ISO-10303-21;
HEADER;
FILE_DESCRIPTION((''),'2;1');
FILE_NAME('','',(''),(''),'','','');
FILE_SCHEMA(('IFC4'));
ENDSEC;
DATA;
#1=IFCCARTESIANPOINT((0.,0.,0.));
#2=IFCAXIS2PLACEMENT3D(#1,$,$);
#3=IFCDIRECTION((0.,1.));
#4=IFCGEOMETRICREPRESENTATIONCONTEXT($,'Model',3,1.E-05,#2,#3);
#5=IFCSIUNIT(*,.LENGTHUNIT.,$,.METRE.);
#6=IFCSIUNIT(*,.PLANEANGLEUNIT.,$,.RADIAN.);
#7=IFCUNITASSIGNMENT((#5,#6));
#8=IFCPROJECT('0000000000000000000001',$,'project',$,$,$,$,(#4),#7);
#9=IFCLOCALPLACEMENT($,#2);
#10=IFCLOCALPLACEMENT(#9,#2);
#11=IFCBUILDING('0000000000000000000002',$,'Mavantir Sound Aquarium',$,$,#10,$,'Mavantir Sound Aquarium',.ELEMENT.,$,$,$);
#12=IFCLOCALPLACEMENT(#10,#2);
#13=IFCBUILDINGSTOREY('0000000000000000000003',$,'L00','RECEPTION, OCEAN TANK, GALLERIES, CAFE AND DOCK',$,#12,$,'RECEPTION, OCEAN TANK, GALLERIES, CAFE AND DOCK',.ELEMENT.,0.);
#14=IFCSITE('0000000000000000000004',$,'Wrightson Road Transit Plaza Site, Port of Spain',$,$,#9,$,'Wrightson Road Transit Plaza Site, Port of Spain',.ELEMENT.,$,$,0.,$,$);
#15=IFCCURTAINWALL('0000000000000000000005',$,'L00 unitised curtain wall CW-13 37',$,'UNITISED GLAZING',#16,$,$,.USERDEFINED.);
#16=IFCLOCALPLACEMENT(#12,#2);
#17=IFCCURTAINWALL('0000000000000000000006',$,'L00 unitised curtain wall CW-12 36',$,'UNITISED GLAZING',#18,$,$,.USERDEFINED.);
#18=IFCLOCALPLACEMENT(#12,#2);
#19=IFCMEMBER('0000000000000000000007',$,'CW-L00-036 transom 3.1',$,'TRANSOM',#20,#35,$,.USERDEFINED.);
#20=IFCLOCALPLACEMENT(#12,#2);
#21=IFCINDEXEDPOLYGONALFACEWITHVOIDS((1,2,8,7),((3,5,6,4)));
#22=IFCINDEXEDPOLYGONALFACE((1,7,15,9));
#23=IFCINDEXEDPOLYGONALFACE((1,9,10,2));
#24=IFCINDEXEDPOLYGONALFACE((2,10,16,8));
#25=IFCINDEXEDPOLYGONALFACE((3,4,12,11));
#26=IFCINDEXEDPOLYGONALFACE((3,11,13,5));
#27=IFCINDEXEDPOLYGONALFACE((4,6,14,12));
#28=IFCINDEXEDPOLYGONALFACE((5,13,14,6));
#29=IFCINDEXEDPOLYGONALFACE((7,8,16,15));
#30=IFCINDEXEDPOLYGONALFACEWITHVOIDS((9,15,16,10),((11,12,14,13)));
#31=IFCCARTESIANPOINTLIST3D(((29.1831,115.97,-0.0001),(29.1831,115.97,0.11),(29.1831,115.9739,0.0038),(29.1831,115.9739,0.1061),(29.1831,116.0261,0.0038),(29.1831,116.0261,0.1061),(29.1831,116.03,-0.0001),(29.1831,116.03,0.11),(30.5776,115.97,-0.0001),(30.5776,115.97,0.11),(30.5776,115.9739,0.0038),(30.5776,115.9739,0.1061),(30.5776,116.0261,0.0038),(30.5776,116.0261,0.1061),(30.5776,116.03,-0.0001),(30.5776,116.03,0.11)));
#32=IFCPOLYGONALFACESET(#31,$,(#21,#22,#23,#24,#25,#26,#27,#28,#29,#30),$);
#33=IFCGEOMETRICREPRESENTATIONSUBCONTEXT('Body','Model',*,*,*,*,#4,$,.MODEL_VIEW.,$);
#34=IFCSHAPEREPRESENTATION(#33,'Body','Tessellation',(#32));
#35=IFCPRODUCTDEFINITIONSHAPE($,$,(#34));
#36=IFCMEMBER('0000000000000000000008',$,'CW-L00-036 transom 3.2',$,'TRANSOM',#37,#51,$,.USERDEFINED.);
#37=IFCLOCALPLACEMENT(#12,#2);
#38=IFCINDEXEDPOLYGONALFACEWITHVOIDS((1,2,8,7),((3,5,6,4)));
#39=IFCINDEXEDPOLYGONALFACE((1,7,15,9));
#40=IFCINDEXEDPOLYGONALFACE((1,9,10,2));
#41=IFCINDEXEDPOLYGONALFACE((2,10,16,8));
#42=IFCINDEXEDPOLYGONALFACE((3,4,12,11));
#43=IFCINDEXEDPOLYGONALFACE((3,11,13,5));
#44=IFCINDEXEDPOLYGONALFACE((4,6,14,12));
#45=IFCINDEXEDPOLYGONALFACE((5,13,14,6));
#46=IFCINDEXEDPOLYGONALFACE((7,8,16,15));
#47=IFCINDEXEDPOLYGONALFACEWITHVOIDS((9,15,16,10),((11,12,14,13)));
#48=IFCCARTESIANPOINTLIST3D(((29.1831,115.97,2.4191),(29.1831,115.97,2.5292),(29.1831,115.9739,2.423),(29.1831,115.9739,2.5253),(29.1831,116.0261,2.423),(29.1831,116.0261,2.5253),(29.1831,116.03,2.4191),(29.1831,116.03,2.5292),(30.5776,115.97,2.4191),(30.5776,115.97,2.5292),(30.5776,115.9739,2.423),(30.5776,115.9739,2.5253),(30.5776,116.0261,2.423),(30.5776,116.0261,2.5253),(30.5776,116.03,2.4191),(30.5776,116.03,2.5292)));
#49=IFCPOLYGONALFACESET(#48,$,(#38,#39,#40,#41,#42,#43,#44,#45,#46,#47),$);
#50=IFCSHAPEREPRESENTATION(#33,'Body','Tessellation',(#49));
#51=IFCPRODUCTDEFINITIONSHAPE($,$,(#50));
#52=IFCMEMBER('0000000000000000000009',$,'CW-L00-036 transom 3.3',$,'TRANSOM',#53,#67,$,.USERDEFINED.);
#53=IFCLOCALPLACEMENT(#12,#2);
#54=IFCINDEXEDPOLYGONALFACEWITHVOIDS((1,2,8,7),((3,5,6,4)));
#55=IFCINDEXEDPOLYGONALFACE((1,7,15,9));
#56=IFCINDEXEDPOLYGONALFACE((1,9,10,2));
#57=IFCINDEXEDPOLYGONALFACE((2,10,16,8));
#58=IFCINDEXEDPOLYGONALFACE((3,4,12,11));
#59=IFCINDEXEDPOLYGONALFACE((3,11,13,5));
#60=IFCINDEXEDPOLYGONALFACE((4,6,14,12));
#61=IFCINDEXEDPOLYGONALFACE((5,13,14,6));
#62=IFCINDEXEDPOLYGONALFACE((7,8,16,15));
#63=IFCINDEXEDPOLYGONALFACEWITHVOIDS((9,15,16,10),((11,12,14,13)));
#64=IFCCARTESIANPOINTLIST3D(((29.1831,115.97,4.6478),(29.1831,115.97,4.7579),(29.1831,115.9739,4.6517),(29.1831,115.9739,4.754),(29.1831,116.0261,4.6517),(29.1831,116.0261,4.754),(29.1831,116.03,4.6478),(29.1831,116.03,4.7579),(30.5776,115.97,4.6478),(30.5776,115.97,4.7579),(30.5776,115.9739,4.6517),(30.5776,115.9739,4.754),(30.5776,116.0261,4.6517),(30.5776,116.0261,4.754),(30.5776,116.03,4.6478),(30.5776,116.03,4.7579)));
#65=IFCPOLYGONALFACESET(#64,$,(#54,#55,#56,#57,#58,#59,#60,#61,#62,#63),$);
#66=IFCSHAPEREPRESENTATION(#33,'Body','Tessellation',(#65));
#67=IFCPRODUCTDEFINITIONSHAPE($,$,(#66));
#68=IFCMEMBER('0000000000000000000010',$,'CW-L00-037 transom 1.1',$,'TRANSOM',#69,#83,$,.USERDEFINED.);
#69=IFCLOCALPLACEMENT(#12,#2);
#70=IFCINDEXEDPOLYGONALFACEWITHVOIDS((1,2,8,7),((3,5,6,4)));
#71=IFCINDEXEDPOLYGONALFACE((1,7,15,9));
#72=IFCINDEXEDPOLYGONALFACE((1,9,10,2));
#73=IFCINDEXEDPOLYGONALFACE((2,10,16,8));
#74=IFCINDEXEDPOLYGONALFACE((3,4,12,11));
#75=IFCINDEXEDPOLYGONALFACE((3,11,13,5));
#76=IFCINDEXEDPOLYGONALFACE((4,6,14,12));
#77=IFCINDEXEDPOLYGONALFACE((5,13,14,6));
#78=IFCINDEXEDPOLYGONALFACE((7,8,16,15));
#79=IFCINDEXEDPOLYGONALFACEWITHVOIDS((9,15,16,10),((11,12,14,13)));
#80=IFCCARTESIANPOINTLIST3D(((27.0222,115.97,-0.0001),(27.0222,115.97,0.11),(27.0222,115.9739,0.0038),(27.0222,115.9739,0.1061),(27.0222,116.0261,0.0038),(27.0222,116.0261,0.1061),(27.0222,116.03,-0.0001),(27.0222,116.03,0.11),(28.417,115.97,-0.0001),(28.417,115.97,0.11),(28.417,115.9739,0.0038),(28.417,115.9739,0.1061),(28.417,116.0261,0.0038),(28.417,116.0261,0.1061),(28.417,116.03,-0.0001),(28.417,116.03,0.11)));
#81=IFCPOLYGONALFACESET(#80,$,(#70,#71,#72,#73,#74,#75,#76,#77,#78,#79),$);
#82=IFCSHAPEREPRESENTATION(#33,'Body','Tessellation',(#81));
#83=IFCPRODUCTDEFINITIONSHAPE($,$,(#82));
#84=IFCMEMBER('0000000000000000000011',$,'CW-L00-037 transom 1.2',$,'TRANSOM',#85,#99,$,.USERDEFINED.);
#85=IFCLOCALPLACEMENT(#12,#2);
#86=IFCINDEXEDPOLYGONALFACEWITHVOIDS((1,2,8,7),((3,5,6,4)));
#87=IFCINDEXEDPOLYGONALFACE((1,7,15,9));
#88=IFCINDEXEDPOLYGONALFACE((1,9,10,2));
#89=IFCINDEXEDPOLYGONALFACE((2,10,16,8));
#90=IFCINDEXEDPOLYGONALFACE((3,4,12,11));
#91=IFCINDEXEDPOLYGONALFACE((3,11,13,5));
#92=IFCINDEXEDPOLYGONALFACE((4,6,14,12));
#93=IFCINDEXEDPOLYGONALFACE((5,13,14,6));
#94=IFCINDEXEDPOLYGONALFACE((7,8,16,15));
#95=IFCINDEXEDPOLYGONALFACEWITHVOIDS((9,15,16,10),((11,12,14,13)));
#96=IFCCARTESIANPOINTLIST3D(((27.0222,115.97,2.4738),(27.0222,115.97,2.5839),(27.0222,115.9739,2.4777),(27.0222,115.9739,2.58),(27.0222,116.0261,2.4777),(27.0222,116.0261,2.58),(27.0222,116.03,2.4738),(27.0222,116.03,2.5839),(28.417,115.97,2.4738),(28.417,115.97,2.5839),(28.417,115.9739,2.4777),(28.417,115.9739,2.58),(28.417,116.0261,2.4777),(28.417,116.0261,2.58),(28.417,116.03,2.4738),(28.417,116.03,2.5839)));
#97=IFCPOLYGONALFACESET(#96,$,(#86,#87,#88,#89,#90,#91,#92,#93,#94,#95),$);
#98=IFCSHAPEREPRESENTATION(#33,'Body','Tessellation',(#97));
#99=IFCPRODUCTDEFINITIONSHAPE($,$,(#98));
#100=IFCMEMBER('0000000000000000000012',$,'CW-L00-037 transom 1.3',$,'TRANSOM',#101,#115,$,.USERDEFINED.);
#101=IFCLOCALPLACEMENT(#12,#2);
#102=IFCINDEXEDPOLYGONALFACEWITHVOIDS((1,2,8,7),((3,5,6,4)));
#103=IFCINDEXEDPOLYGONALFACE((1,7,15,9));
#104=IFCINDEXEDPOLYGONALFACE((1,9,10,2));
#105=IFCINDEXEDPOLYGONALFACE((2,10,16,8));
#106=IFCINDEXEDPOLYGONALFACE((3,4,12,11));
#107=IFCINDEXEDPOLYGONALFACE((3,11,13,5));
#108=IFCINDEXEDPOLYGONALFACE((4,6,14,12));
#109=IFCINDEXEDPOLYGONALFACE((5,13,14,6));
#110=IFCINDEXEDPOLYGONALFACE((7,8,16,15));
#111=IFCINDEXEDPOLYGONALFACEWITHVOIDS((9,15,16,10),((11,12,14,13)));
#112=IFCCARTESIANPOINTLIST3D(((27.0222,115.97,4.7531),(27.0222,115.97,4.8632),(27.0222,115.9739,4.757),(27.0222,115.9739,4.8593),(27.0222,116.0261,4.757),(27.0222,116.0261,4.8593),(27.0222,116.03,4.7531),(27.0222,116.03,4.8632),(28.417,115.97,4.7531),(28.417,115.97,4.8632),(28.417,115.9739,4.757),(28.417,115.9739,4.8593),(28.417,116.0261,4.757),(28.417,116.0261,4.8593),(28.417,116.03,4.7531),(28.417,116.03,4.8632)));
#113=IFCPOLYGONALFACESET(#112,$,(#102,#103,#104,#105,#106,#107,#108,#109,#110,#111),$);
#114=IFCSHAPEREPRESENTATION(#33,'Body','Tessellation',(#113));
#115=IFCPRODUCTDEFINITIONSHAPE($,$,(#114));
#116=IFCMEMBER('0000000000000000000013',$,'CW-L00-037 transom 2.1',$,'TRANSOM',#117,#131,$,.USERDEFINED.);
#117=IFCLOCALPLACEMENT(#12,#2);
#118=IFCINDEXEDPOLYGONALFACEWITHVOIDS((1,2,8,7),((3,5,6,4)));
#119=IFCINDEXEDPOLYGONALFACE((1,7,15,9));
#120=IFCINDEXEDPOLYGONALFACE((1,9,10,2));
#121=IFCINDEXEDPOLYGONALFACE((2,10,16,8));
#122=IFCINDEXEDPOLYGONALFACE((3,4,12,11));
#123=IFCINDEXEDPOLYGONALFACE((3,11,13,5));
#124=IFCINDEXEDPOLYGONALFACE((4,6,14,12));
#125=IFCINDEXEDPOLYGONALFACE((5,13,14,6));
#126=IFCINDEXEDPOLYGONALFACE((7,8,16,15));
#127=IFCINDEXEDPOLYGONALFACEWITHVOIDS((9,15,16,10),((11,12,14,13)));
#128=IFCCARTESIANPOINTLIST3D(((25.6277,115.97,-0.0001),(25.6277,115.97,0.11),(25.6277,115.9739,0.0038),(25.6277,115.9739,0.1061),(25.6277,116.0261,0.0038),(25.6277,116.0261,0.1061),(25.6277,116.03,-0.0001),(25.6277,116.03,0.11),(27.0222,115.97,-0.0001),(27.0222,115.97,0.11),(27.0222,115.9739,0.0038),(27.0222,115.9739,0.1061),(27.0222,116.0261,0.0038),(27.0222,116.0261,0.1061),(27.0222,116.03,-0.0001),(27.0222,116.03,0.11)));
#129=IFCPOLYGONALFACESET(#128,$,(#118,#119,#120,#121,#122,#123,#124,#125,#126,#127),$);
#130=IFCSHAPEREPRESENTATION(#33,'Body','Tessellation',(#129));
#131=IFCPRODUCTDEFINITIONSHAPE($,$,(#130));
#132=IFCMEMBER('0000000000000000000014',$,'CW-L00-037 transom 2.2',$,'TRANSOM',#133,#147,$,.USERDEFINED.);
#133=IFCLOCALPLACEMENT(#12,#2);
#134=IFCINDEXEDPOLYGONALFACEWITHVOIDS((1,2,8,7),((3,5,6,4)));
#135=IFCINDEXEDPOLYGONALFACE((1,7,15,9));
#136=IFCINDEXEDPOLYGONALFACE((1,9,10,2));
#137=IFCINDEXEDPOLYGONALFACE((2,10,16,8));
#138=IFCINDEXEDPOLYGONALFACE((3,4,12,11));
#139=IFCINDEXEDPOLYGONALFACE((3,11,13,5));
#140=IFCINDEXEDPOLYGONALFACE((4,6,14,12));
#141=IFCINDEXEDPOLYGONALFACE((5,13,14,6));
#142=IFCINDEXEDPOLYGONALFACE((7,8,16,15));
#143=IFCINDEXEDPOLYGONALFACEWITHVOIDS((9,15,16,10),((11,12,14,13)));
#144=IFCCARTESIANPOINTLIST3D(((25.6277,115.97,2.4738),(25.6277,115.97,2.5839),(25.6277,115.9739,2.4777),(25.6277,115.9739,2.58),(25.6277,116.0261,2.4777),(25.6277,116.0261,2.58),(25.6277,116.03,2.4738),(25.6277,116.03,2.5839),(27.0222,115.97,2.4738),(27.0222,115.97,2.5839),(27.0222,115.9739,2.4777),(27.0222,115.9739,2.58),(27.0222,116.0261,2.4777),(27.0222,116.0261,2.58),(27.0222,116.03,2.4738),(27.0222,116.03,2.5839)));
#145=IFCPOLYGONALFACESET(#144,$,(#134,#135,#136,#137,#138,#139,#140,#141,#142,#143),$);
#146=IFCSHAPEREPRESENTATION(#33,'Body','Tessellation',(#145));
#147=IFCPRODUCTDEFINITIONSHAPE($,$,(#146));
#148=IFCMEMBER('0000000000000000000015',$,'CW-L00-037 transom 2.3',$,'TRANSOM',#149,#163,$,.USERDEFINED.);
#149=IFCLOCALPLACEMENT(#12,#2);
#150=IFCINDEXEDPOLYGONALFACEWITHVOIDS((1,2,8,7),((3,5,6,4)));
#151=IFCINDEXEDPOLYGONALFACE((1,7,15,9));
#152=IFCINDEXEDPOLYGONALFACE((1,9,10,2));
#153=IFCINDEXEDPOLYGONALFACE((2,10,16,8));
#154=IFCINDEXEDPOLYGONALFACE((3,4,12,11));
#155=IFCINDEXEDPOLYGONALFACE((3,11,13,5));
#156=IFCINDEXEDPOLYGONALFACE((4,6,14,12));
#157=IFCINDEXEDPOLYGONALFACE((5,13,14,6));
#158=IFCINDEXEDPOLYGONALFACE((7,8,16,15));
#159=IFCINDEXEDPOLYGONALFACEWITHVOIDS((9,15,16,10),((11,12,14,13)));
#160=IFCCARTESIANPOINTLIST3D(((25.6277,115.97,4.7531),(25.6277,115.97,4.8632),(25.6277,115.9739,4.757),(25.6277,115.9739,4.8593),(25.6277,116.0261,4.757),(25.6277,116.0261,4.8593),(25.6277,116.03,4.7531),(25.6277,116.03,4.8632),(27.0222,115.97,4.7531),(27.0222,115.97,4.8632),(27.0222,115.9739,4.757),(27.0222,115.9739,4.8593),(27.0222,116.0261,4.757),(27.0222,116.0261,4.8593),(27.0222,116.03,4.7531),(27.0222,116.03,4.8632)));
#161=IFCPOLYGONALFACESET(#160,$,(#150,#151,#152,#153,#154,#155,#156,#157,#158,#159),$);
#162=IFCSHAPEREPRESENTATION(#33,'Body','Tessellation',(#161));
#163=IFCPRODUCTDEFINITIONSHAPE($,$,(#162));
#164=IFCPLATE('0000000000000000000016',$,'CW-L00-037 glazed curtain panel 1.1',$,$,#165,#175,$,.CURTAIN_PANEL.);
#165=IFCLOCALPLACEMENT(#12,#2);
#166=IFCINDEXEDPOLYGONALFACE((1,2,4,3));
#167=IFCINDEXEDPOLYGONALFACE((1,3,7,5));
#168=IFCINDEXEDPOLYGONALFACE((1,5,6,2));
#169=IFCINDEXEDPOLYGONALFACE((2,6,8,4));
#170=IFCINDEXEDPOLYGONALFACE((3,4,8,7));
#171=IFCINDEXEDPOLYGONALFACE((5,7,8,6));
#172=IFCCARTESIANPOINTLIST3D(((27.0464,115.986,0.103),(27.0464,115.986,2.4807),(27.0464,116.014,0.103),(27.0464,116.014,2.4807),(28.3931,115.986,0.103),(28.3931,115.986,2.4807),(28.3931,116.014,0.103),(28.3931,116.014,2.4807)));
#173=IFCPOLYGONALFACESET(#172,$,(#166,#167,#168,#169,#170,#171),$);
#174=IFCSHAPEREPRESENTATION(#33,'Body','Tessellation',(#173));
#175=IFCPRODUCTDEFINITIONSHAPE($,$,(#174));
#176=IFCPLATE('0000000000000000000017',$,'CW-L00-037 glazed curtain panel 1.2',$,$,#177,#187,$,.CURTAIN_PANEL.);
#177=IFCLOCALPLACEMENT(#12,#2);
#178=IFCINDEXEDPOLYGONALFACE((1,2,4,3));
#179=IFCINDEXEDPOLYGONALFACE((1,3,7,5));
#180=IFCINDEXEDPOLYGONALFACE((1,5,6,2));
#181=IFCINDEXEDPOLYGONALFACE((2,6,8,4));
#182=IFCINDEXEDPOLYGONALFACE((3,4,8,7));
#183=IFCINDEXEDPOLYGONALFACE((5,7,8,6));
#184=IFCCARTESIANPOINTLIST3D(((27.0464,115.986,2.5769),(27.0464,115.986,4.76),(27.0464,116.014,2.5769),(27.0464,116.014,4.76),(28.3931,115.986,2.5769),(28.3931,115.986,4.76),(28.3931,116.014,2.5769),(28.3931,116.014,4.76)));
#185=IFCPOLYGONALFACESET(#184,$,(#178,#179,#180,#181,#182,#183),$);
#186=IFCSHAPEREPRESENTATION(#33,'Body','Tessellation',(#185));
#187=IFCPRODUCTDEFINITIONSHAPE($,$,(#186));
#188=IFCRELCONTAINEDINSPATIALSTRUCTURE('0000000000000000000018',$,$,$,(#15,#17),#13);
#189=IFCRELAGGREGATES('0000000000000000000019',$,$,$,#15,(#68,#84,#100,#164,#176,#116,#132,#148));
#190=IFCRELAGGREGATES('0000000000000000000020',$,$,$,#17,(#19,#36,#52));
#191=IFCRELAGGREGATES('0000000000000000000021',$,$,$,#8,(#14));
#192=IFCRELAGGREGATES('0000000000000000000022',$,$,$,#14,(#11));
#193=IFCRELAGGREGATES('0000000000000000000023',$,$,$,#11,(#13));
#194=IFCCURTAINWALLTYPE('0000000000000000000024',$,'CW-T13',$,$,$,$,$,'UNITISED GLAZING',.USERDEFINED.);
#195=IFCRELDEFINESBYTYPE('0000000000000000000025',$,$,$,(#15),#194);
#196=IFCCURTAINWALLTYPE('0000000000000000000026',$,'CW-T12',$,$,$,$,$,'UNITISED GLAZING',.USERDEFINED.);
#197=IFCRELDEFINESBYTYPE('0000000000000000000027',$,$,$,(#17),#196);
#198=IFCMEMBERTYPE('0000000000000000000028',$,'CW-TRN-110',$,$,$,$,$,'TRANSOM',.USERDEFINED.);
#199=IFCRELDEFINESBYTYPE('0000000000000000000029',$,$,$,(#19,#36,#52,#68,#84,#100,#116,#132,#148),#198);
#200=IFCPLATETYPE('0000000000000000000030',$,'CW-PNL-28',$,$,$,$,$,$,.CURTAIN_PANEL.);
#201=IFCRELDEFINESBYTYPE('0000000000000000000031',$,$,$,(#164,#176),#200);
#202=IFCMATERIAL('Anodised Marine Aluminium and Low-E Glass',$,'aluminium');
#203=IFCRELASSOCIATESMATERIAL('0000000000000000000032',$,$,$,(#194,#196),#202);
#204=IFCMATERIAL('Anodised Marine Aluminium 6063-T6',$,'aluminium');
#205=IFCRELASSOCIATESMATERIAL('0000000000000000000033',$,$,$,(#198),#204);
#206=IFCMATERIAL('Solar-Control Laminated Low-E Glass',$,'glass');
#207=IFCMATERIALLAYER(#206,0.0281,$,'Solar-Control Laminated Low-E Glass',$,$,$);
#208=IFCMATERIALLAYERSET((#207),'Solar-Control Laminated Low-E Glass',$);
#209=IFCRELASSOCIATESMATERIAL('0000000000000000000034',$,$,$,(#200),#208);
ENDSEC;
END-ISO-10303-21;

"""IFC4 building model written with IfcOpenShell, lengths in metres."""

from ifc_helpers import new_model, si_unit, direction, frame, origin, origin_2d, place, context, subcontext, project, spatial, rectangle, hollow_rectangle, extrude, material, layer, layer_set, material_profile, profile_set, type_object, element, aggregate, save


model = new_model("IFC4")

# Units and contexts
model_context = context("Model", 3, precision=1e-05, world=origin(), true_north=direction((0.0, 1.0)))
body_context = subcontext(model_context, "Body", "Model", "MODEL_VIEW")
ifc_project = project(units=[si_unit("LENGTHUNIT", "METRE"), si_unit("PLANEANGLEUNIT", "RADIAN")], contexts=[model_context])

# Site, building, storey
site_placement = place(None, origin())
site = spatial("IfcSite", under=ifc_project, at=site_placement, Name="Wrightson Road Transit Plaza Site, Port of Spain", LongName="Wrightson Road Transit Plaza Site, Port of Spain", CompositionType="ELEMENT", RefElevation=0.0)
building_placement = place(site_placement, origin())
building = spatial("IfcBuilding", under=site, at=building_placement, Name="Mavantir Sound Aquarium", LongName="Mavantir Sound Aquarium", CompositionType="ELEMENT")
storey_placement = place(building_placement, origin())
storey = spatial("IfcBuildingStorey", under=building, at=storey_placement, Name="L00", Description="RECEPTION, OCEAN TANK, GALLERIES, CAFE AND DOCK", LongName="RECEPTION, OCEAN TANK, GALLERIES, CAFE AND DOCK", CompositionType="ELEMENT", Elevation=0.0)

# Curtain wall
ifc_material_1 = material(Name="Anodised Marine Aluminium and Low-E Glass", Category="aluminium")
curtain_wall_type_1 = type_object("IfcCurtainWallType", Name="CW-T13", ElementType="UNITISED GLAZING", PredefinedType="USERDEFINED", material=ifc_material_1)
curtain_wall_1_placement = place(storey_placement, origin())
curtain_wall_1 = element("IfcCurtainWall", 1, at=curtain_wall_1_placement, inside=storey, type_object=curtain_wall_type_1, Name="L00 unitised curtain wall CW-13 37", ObjectType="UNITISED GLAZING", PredefinedType="USERDEFINED")
ifc_material_2 = material(Name="Anodised Marine Aluminium 6063-T6", Category="aluminium")

# Curtain wall, members
curtain_wall_type_2 = type_object("IfcCurtainWallType", Name="CW-T12", ElementType="UNITISED GLAZING", PredefinedType="USERDEFINED", material=ifc_material_1)
curtain_wall_2_placement = place(storey_placement, origin())
curtain_wall_2 = element("IfcCurtainWall", 2, at=curtain_wall_2_placement, inside=storey, type_object=curtain_wall_type_2, Name="L00 unitised curtain wall CW-12 36", ObjectType="UNITISED GLAZING", PredefinedType="USERDEFINED")
ifc_material_profile_1 = material_profile(ifc_material_2, hollow_rectangle(XDim=0.0601, YDim=0.1101, WallThickness=0.0039, at=origin_2d()), Name="ALU-TRANSOM-110X60")
ifc_profile_set_1 = profile_set([ifc_material_profile_1], Name="Anodised Marine Aluminium 6063-T6")
member_type_1 = type_object("IfcMemberType", Name="CW-TRN-110", ElementType="TRANSOM", PredefinedType="USERDEFINED", material=ifc_profile_set_1)
member_1_placement = place(storey_placement, frame((30.5776, 116.0, 0.0549), z_axis=(-1.0, 0.0, 0.0), x_axis=(0.0, -1.0, 0.0)))
member_1 = element("IfcMember", 3, at=member_1_placement, type_object=member_type_1, Name="CW-L00-036 transom 3.1", ObjectType="TRANSOM", PredefinedType="USERDEFINED", context=body_context, shape_type="SweptSolid", body=[
    extrude(hollow_rectangle(XDim=0.0601, YDim=0.1101, WallThickness=0.0039, at=origin_2d()), origin(), (0.0, 0.0, 1.0), 1.3945),
])
member_2_placement = place(storey_placement, frame((30.5776, 116.0, 2.4741), z_axis=(-1.0, 0.0, 0.0), x_axis=(0.0, -1.0, 0.0)))
member_2 = element("IfcMember", 4, at=member_2_placement, type_object=member_type_1, Name="CW-L00-036 transom 3.2", ObjectType="TRANSOM", PredefinedType="USERDEFINED", context=body_context, shape_type="SweptSolid", body=[
    extrude(hollow_rectangle(XDim=0.0601, YDim=0.1101, WallThickness=0.0039, at=origin_2d()), origin(), (0.0, 0.0, 1.0), 1.3945),
])
member_3_placement = place(storey_placement, frame((30.5776, 116.0, 4.7029), z_axis=(-1.0, 0.0, 0.0), x_axis=(0.0, -1.0, 0.0)))
member_3 = element("IfcMember", 5, at=member_3_placement, type_object=member_type_1, Name="CW-L00-036 transom 3.3", ObjectType="TRANSOM", PredefinedType="USERDEFINED", context=body_context, shape_type="SweptSolid", body=[
    extrude(hollow_rectangle(XDim=0.0601, YDim=0.1101, WallThickness=0.0039, at=origin_2d()), origin(), (0.0, 0.0, 1.0), 1.3945),
])

# Members
member_4_placement = place(storey_placement, frame((28.417, 116.0, 0.0549), z_axis=(-1.0, 0.0, 0.0), x_axis=(0.0, -1.0, 0.0)))
member_4 = element("IfcMember", 6, at=member_4_placement, type_object=member_type_1, Name="CW-L00-037 transom 1.1", ObjectType="TRANSOM", PredefinedType="USERDEFINED", context=body_context, shape_type="SweptSolid", body=[
    extrude(hollow_rectangle(XDim=0.0601, YDim=0.1101, WallThickness=0.0039, at=origin_2d()), origin(), (0.0, 0.0, 1.0), 1.3948),
])
member_5_placement = place(storey_placement, frame((28.417, 116.0, 2.5288), z_axis=(-1.0, 0.0, 0.0), x_axis=(0.0, -1.0, 0.0)))
member_5 = element("IfcMember", 7, at=member_5_placement, type_object=member_type_1, Name="CW-L00-037 transom 1.2", ObjectType="TRANSOM", PredefinedType="USERDEFINED", context=body_context, shape_type="SweptSolid", body=[
    extrude(hollow_rectangle(XDim=0.0601, YDim=0.1101, WallThickness=0.0039, at=origin_2d()), origin(), (0.0, 0.0, 1.0), 1.3948),
])
member_6_placement = place(storey_placement, frame((28.417, 116.0, 4.8081), z_axis=(-1.0, 0.0, 0.0), x_axis=(0.0, -1.0, 0.0)))
member_6 = element("IfcMember", 8, at=member_6_placement, type_object=member_type_1, Name="CW-L00-037 transom 1.3", ObjectType="TRANSOM", PredefinedType="USERDEFINED", context=body_context, shape_type="SweptSolid", body=[
    extrude(hollow_rectangle(XDim=0.0601, YDim=0.1101, WallThickness=0.0039, at=origin_2d()), origin(), (0.0, 0.0, 1.0), 1.3948),
])
member_7_placement = place(storey_placement, frame((27.0222, 116.0, 0.0549), z_axis=(-1.0, 0.0, 0.0), x_axis=(0.0, -1.0, 0.0)))
member_7 = element("IfcMember", 9, at=member_7_placement, type_object=member_type_1, Name="CW-L00-037 transom 2.1", ObjectType="TRANSOM", PredefinedType="USERDEFINED", context=body_context, shape_type="SweptSolid", body=[
    extrude(hollow_rectangle(XDim=0.0601, YDim=0.1101, WallThickness=0.0039, at=origin_2d()), origin(), (0.0, 0.0, 1.0), 1.3945),
])
member_8_placement = place(storey_placement, frame((27.0222, 116.0, 2.5288), z_axis=(-1.0, 0.0, 0.0), x_axis=(0.0, -1.0, 0.0)))
member_8 = element("IfcMember", 10, at=member_8_placement, type_object=member_type_1, Name="CW-L00-037 transom 2.2", ObjectType="TRANSOM", PredefinedType="USERDEFINED", context=body_context, shape_type="SweptSolid", body=[
    extrude(hollow_rectangle(XDim=0.0601, YDim=0.1101, WallThickness=0.0039, at=origin_2d()), origin(), (0.0, 0.0, 1.0), 1.3945),
])
member_9_placement = place(storey_placement, frame((27.0222, 116.0, 4.8081), z_axis=(-1.0, 0.0, 0.0), x_axis=(0.0, -1.0, 0.0)))
member_9 = element("IfcMember", 11, at=member_9_placement, type_object=member_type_1, Name="CW-L00-037 transom 2.3", ObjectType="TRANSOM", PredefinedType="USERDEFINED", context=body_context, shape_type="SweptSolid", body=[
    extrude(hollow_rectangle(XDim=0.0601, YDim=0.1101, WallThickness=0.0039, at=origin_2d()), origin(), (0.0, 0.0, 1.0), 1.3945),
])

# Plates
ifc_material_3 = material(Name="Solar-Control Laminated Low-E Glass", Category="glass")
ifc_layer_1 = layer(ifc_material_3, 0.0281, Name="Solar-Control Laminated Low-E Glass")
ifc_layer_set_1 = layer_set([ifc_layer_1], Name="Solar-Control Laminated Low-E Glass")
plate_type_1 = type_object("IfcPlateType", Name="CW-PNL-28", PredefinedType="CURTAIN_PANEL", material=ifc_layer_set_1)
plate_1_placement = place(storey_placement, frame((27.7197, 116.0, 0.103), z_axis=(0.0, 0.0, 1.0), x_axis=(-1.0, 0.0, 0.0)))
plate_1 = element("IfcPlate", 12, at=plate_1_placement, type_object=plate_type_1, Name="CW-L00-037 glazed curtain panel 1.1", PredefinedType="CURTAIN_PANEL", context=body_context, shape_type="SweptSolid", body=[
    extrude(rectangle(XDim=1.3467, YDim=0.0281, at=origin_2d()), origin(), (0.0, 0.0, 1.0), 2.3777),
])
plate_2_placement = place(storey_placement, frame((27.7197, 116.0, 2.5769), z_axis=(0.0, 0.0, 1.0), x_axis=(-1.0, 0.0, 0.0)))
plate_2 = element("IfcPlate", 13, at=plate_2_placement, type_object=plate_type_1, Name="CW-L00-037 glazed curtain panel 1.2", PredefinedType="CURTAIN_PANEL", context=body_context, shape_type="SweptSolid", body=[
    extrude(rectangle(XDim=1.3467, YDim=0.0281, at=origin_2d()), origin(), (0.0, 0.0, 1.0), 2.1831),
])
aggregate(curtain_wall_1, [member_4, member_5, member_6, plate_1, plate_2, member_7, member_8, member_9])
aggregate(curtain_wall_2, [member_1, member_2, member_3])

save(model, "model.ifc")
